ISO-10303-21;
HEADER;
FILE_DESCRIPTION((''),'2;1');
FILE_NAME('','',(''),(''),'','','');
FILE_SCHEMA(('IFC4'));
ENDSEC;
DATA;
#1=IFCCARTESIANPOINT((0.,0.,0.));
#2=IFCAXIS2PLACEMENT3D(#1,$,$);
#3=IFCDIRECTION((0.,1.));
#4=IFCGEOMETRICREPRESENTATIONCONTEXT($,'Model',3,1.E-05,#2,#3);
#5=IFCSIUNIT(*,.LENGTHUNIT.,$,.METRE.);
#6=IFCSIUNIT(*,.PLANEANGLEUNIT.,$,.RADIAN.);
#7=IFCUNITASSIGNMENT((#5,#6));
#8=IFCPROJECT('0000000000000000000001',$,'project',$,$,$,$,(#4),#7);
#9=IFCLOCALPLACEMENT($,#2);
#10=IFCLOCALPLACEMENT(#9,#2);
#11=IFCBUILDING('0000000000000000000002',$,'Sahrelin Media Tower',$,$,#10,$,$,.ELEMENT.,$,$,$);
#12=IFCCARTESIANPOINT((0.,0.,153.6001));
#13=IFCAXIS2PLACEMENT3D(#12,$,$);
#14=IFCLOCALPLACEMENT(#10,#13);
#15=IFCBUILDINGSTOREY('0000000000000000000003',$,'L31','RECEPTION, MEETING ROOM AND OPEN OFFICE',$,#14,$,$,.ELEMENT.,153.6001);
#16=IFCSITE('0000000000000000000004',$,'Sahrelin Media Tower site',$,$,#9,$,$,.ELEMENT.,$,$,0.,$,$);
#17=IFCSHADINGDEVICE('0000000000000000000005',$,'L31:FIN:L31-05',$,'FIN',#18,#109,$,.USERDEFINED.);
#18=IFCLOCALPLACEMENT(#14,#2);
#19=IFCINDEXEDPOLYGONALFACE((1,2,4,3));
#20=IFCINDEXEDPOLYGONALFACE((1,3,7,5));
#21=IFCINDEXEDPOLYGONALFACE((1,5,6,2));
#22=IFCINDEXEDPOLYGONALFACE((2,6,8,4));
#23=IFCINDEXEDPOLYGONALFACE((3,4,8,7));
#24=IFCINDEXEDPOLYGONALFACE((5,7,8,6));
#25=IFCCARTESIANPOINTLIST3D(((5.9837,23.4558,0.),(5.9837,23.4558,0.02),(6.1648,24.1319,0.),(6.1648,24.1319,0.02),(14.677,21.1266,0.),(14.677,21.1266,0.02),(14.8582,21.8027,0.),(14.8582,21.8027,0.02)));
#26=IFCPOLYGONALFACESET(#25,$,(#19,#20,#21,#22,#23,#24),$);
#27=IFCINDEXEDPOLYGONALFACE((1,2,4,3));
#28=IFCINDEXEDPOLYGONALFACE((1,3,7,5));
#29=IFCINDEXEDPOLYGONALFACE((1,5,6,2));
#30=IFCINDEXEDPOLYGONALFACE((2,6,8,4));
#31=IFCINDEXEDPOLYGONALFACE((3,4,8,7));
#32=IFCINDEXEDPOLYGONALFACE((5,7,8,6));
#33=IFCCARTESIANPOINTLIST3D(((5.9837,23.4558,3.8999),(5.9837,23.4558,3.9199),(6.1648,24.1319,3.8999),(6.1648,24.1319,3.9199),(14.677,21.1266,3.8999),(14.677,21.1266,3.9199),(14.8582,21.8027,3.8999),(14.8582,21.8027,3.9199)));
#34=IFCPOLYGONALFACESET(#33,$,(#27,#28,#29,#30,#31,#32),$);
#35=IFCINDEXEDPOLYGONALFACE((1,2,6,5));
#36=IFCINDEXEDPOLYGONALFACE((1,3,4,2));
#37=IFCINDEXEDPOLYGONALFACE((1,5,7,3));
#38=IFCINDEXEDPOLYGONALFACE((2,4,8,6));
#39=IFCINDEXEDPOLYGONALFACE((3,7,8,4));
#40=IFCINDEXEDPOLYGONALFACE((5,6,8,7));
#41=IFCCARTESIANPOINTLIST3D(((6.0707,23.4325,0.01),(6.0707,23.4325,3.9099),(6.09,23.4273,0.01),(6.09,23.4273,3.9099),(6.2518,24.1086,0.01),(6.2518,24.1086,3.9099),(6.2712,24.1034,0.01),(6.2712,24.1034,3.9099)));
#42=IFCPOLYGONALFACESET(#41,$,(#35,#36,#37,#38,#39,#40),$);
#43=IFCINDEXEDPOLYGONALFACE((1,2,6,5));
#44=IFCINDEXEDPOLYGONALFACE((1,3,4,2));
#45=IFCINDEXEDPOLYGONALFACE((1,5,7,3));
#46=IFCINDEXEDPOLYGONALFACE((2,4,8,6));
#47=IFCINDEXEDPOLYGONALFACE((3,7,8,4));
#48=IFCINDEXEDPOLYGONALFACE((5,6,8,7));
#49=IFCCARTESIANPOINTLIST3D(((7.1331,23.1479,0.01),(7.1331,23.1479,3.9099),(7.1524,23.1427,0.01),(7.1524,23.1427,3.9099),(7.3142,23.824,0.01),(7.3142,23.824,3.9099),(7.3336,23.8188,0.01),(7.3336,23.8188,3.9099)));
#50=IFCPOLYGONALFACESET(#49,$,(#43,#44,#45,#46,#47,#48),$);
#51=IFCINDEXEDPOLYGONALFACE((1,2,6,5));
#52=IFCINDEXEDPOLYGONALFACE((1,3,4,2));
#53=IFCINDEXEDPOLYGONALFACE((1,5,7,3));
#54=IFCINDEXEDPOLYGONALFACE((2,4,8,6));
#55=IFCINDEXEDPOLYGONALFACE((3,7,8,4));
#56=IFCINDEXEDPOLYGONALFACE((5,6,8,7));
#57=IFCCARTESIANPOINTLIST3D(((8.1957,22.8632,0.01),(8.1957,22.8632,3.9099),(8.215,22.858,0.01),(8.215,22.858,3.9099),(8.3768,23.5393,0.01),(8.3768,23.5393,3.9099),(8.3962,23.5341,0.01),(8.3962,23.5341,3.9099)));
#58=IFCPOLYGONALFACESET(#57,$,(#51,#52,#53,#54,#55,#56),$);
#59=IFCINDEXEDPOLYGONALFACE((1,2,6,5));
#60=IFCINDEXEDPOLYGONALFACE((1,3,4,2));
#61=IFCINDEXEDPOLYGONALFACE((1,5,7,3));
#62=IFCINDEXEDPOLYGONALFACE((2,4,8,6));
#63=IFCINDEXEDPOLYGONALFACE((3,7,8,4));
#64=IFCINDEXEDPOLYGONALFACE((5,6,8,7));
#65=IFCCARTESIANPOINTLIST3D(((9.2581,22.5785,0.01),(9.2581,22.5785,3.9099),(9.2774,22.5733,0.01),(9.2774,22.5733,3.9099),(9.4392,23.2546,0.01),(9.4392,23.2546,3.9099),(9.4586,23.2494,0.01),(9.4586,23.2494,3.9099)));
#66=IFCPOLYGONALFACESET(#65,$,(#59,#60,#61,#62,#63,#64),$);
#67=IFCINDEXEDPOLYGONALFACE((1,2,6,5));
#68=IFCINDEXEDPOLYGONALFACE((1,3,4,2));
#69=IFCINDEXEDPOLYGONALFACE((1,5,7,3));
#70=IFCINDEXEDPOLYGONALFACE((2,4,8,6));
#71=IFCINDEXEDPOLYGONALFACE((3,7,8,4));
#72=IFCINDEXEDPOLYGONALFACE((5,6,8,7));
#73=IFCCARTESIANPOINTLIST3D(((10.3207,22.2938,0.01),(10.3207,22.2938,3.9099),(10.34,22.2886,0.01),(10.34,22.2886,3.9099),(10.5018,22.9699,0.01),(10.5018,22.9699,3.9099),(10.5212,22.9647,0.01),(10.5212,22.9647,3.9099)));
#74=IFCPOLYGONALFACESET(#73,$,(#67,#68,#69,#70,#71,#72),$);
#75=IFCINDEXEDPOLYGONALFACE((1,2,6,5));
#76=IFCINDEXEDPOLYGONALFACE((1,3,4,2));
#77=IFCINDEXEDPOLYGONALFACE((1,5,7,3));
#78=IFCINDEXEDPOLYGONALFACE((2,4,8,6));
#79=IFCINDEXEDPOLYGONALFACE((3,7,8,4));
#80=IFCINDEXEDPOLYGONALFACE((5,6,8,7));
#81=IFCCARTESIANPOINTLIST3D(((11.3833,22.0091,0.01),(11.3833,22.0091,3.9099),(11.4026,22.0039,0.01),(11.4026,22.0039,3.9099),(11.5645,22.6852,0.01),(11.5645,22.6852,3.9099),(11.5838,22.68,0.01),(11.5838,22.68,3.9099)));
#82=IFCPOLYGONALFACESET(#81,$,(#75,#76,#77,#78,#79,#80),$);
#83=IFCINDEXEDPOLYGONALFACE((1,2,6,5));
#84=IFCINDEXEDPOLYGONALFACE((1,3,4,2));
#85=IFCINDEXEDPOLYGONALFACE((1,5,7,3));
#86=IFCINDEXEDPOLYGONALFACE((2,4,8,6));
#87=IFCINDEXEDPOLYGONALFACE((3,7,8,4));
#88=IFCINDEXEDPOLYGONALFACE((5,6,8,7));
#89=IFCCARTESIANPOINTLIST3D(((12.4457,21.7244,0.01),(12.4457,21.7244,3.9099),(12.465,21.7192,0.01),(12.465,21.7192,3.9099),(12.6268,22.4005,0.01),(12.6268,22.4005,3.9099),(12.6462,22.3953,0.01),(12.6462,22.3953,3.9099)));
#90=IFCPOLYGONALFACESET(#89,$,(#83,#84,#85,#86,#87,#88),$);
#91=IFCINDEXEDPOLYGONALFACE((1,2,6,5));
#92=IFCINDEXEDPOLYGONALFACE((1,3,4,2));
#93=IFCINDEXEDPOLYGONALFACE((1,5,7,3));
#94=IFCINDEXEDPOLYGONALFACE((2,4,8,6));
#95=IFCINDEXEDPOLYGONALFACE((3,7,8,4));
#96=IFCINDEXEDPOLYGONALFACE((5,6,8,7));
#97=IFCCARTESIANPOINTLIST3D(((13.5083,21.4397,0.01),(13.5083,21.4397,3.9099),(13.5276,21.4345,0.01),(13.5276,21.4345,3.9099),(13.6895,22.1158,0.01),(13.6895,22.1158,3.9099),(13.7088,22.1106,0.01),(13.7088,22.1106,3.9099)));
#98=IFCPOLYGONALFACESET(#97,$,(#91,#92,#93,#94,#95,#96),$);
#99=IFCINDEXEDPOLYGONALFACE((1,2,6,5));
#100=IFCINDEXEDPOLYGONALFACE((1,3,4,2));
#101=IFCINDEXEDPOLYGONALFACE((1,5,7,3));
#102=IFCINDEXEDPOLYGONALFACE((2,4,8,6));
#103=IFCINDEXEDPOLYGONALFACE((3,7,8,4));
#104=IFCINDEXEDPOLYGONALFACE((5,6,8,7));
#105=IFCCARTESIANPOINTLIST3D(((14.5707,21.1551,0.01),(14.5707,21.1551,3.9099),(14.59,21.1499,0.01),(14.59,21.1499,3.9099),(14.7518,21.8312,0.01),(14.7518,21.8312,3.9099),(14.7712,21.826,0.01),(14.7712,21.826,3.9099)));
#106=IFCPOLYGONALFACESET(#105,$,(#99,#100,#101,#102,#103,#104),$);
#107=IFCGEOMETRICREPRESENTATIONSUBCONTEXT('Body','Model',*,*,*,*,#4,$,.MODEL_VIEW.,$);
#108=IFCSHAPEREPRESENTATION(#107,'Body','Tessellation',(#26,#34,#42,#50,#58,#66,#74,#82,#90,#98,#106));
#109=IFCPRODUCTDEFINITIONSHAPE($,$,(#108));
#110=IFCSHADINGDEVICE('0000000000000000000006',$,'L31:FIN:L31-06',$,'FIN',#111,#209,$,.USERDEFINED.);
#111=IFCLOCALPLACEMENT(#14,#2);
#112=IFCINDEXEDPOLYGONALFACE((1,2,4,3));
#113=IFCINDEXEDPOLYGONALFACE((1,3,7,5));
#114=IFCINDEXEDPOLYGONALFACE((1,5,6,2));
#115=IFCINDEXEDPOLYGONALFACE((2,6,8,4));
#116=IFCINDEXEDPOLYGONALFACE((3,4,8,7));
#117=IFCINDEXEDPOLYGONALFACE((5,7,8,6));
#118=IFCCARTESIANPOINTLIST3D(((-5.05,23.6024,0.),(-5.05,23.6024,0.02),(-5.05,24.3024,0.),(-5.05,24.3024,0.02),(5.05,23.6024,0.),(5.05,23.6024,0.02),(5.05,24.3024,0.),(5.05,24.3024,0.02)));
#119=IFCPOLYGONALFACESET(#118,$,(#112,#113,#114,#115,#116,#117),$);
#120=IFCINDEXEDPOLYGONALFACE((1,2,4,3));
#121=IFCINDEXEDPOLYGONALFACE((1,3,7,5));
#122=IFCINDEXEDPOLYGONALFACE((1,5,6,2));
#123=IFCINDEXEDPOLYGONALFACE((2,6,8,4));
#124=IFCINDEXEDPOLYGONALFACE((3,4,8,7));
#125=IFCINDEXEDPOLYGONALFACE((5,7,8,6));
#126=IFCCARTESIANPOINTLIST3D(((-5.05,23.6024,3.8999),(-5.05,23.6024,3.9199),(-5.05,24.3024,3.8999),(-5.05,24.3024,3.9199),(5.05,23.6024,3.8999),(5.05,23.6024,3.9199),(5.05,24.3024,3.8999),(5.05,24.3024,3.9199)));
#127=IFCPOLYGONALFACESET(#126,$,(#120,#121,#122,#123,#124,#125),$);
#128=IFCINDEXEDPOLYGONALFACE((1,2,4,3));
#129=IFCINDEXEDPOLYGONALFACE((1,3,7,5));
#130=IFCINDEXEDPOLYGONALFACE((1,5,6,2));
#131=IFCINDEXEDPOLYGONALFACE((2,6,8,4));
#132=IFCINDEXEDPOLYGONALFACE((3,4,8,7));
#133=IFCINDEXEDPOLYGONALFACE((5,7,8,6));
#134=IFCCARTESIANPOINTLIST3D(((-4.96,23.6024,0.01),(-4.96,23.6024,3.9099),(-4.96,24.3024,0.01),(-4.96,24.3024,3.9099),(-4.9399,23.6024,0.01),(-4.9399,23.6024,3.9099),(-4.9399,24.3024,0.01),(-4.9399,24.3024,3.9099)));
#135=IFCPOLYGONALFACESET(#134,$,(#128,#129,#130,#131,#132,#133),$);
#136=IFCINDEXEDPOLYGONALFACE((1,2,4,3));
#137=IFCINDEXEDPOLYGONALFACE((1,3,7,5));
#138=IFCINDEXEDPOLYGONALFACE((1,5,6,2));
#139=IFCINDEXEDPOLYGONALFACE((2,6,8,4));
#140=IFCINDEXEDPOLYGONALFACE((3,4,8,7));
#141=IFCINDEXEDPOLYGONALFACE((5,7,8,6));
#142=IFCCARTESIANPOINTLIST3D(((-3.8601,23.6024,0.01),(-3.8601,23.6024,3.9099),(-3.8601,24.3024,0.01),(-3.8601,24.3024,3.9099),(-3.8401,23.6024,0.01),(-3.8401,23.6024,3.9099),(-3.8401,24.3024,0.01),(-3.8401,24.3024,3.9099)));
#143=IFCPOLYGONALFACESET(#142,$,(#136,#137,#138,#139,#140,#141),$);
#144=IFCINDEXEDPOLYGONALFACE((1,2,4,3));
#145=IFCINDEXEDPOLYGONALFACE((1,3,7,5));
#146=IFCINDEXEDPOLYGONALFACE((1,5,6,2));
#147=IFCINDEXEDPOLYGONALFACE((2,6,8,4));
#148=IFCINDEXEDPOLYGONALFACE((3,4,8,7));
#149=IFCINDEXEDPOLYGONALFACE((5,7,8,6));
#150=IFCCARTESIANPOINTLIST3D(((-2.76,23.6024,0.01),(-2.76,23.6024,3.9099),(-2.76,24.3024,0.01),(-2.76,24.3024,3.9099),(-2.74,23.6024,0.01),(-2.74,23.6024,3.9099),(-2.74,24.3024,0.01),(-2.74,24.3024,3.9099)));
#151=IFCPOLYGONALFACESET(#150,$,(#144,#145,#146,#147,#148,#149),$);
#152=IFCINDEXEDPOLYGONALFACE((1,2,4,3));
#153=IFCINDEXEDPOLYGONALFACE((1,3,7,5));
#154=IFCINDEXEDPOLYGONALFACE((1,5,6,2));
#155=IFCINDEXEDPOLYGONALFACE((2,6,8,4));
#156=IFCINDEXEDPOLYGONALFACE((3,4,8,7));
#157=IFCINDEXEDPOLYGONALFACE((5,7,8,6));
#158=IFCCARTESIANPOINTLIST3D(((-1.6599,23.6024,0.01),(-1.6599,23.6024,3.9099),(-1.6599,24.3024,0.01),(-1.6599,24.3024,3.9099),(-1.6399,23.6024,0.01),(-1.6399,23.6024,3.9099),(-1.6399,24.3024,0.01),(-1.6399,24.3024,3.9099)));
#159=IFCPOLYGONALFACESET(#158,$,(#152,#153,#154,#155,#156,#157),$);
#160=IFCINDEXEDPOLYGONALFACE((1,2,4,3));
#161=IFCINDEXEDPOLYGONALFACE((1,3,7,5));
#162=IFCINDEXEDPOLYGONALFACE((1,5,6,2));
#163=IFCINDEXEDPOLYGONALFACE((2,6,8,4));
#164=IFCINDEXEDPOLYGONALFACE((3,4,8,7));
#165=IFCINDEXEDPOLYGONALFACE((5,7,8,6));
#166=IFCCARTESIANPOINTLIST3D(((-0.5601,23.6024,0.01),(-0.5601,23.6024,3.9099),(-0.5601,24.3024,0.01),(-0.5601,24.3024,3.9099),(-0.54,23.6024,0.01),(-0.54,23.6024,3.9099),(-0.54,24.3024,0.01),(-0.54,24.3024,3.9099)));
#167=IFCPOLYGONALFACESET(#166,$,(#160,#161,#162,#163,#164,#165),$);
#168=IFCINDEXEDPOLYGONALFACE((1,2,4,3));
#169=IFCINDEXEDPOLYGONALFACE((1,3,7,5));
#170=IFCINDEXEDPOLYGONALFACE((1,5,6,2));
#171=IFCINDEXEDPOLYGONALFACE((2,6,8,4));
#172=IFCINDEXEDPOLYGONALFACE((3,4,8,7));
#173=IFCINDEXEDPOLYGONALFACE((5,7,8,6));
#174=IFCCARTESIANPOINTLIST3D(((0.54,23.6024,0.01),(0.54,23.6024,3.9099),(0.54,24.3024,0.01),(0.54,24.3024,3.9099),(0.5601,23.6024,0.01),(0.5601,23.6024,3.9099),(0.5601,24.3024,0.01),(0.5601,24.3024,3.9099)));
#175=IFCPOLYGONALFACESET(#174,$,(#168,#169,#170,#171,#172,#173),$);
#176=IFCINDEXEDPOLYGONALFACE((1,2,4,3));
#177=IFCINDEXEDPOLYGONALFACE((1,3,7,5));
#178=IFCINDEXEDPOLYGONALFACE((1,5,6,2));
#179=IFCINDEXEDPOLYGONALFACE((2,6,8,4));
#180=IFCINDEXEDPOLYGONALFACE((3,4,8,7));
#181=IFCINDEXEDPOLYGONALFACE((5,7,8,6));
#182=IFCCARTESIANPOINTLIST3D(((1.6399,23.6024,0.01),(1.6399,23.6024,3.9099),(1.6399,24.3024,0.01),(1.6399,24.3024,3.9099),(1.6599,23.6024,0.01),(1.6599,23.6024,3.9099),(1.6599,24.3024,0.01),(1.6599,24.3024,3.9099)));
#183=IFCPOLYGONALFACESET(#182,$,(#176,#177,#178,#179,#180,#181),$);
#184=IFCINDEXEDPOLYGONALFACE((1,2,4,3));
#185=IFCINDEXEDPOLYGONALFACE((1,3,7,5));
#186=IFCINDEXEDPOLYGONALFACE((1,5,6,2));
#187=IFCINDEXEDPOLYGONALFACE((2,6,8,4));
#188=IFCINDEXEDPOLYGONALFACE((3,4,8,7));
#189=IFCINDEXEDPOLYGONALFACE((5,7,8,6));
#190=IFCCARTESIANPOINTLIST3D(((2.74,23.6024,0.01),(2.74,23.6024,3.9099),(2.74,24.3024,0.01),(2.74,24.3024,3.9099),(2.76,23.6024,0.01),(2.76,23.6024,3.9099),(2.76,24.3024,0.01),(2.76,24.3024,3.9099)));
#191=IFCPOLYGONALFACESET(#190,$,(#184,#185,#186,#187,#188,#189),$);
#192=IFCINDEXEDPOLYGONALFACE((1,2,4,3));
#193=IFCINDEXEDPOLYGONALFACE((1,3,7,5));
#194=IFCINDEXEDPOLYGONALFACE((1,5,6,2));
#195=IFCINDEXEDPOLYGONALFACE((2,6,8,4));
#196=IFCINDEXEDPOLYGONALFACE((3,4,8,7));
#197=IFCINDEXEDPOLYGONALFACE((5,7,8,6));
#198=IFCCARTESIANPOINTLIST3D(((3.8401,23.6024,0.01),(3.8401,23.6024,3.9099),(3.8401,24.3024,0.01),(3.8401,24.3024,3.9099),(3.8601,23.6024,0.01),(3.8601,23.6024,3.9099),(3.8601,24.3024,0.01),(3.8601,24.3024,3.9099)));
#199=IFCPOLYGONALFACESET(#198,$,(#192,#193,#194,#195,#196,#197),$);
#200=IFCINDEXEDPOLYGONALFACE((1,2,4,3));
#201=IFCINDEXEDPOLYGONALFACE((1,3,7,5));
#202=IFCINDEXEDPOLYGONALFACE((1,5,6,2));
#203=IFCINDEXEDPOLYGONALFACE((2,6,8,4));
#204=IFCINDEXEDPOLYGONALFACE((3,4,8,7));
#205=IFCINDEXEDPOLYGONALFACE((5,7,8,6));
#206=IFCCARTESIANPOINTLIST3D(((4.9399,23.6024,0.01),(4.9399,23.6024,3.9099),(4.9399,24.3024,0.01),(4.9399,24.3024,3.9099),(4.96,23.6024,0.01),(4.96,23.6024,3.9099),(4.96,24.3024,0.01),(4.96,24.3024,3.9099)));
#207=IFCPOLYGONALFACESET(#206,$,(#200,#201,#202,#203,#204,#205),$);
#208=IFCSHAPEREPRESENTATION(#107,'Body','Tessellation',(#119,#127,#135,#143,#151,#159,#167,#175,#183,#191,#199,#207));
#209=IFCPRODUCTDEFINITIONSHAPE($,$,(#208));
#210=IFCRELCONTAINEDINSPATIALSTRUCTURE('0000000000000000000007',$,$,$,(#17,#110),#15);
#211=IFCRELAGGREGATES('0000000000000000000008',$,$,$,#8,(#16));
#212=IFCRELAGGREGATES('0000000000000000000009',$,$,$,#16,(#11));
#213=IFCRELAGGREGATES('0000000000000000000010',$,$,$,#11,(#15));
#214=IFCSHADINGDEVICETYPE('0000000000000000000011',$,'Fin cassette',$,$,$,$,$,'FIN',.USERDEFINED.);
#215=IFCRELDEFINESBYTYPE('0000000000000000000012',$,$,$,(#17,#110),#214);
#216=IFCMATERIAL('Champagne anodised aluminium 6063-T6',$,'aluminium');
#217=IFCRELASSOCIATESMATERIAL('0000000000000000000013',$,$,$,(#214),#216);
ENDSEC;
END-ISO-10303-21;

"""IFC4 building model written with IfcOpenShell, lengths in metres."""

from ifc_helpers import new_model, si_unit, direction, frame, origin, origin_2d, place, context, subcontext, project, spatial, rectangle, extrude, material, type_object, element, save


model = new_model("IFC4")

# Units and contexts
model_context = context("Model", 3, precision=1e-05, world=origin(), true_north=direction((0.0, 1.0)))
body_context = subcontext(model_context, "Body", "Model", "MODEL_VIEW")
ifc_project = project(units=[si_unit("LENGTHUNIT", "METRE"), si_unit("PLANEANGLEUNIT", "RADIAN")], contexts=[model_context])

# Site, building, storey
site_placement = place(None, origin())
site = spatial("IfcSite", under=ifc_project, at=site_placement, Name="Sahrelin Media Tower site", CompositionType="ELEMENT", RefElevation=0.0)
building_placement = place(site_placement, origin())
building = spatial("IfcBuilding", under=site, at=building_placement, Name="Sahrelin Media Tower", CompositionType="ELEMENT")
storey_placement = place(building_placement, frame((0.0, 0.0, 153.6001)))
storey = spatial("IfcBuildingStorey", under=building, at=storey_placement, Name="L31", Description="RECEPTION, MEETING ROOM AND OPEN OFFICE", CompositionType="ELEMENT", Elevation=153.6001)

# Shared definitions
ifc_material_1 = material(Name="Champagne anodised aluminium 6063-T6", Category="aluminium")
placement_1 = place(storey_placement, frame((0.0, 23.5325, 0.0), z_axis=(0.0, 0.0, 1.0), x_axis=(1.0, 0.0, 0.0)))

# Shading devices
shading_device_type_1 = type_object("IfcShadingDeviceType", Name="Fin cassette", ElementType="FIN", PredefinedType="USERDEFINED", material=ifc_material_1)
placement_2 = place(storey_placement, frame((10.3123, 22.2236, 0.0), z_axis=(0.0, 0.0, 1.0), x_axis=(0.965929, -0.258808, 0.0)))
element("IfcShadingDevice", 1, at=placement_2, inside=storey, type_object=shading_device_type_1, Name="L31:FIN:L31-05", ObjectType="FIN", PredefinedType="USERDEFINED", context=body_context, shape_type="SweptSolid", body=[
    extrude(rectangle(XDim=9.0, YDim=0.7, at=origin_2d()), frame((0.0, 0.4199, 0.0)), (0.0, 0.0, 1.0), 0.02),
    extrude(rectangle(XDim=9.0, YDim=0.7, at=origin_2d()), frame((0.0, 0.4199, 3.8999)), (0.0, 0.0, 1.0), 0.02),
    extrude(rectangle(XDim=0.02, YDim=0.7, at=origin_2d()), frame((-4.3999, 0.4199, 0.01), z_axis=(0.0, 0.0, 1.0), x_axis=(1.0, 0.0, 0.0)), (0.0, 0.0, 1.0), 3.8999),
    extrude(rectangle(XDim=0.02, YDim=0.7, at=origin_2d()), frame((-3.3, 0.4199, 0.01), z_axis=(0.0, 0.0, 1.0), x_axis=(1.0, 0.0, 0.0)), (0.0, 0.0, 1.0), 3.8999),
    extrude(rectangle(XDim=0.02, YDim=0.7, at=origin_2d()), frame((-2.2, 0.4199, 0.01), z_axis=(0.0, 0.0, 1.0), x_axis=(1.0, 0.0, 0.0)), (0.0, 0.0, 1.0), 3.8999),
    extrude(rectangle(XDim=0.02, YDim=0.7, at=origin_2d()), frame((-1.1001, 0.4199, 0.01), z_axis=(0.0, 0.0, 1.0), x_axis=(1.0, 0.0, 0.0)), (0.0, 0.0, 1.0), 3.8999),
    extrude(rectangle(XDim=0.02, YDim=0.7, at=origin_2d()), frame((0.0, 0.4199, 0.01), z_axis=(0.0, 0.0, 1.0), x_axis=(1.0, 0.0, 0.0)), (0.0, 0.0, 1.0), 3.8999),
    extrude(rectangle(XDim=0.02, YDim=0.7, at=origin_2d()), frame((1.1001, 0.4199, 0.01), z_axis=(0.0, 0.0, 1.0), x_axis=(1.0, 0.0, 0.0)), (0.0, 0.0, 1.0), 3.8999),
    extrude(rectangle(XDim=0.02, YDim=0.7, at=origin_2d()), frame((2.2, 0.4199, 0.01), z_axis=(0.0, 0.0, 1.0), x_axis=(1.0, 0.0, 0.0)), (0.0, 0.0, 1.0), 3.8999),
    extrude(rectangle(XDim=0.02, YDim=0.7, at=origin_2d()), frame((3.3, 0.4199, 0.01), z_axis=(0.0, 0.0, 1.0), x_axis=(1.0, 0.0, 0.0)), (0.0, 0.0, 1.0), 3.8999),
    extrude(rectangle(XDim=0.02, YDim=0.7, at=origin_2d()), frame((4.3999, 0.4199, 0.01), z_axis=(0.0, 0.0, 1.0), x_axis=(1.0, 0.0, 0.0)), (0.0, 0.0, 1.0), 3.8999),
])
element("IfcShadingDevice", 2, at=placement_1, inside=storey, type_object=shading_device_type_1, Name="L31:FIN:L31-06", ObjectType="FIN", PredefinedType="USERDEFINED", context=body_context, shape_type="SweptSolid", body=[
    extrude(rectangle(XDim=10.1001, YDim=0.7, at=origin_2d()), frame((0.0, 0.4199, 0.0)), (0.0, 0.0, 1.0), 0.02),
    extrude(rectangle(XDim=10.1001, YDim=0.7, at=origin_2d()), frame((0.0, 0.4199, 3.8999)), (0.0, 0.0, 1.0), 0.02),
    extrude(rectangle(XDim=0.02, YDim=0.7, at=origin_2d()), frame((-4.95, 0.4199, 0.01), z_axis=(0.0, 0.0, 1.0), x_axis=(1.0, 0.0, 0.0)), (0.0, 0.0, 1.0), 3.8999),
    extrude(rectangle(XDim=0.02, YDim=0.7, at=origin_2d()), frame((-3.8501, 0.4199, 0.01), z_axis=(0.0, 0.0, 1.0), x_axis=(1.0, 0.0, 0.0)), (0.0, 0.0, 1.0), 3.8999),
    extrude(rectangle(XDim=0.02, YDim=0.7, at=origin_2d()), frame((-2.75, 0.4199, 0.01), z_axis=(0.0, 0.0, 1.0), x_axis=(1.0, 0.0, 0.0)), (0.0, 0.0, 1.0), 3.8999),
    extrude(rectangle(XDim=0.02, YDim=0.7, at=origin_2d()), frame((-1.6499, 0.4199, 0.01), z_axis=(0.0, 0.0, 1.0), x_axis=(1.0, 0.0, 0.0)), (0.0, 0.0, 1.0), 3.8999),
    extrude(rectangle(XDim=0.02, YDim=0.7, at=origin_2d()), frame((-0.55, 0.4199, 0.01), z_axis=(0.0, 0.0, 1.0), x_axis=(1.0, 0.0, 0.0)), (0.0, 0.0, 1.0), 3.8999),
    extrude(rectangle(XDim=0.02, YDim=0.7, at=origin_2d()), frame((0.55, 0.4199, 0.01), z_axis=(0.0, 0.0, 1.0), x_axis=(1.0, 0.0, 0.0)), (0.0, 0.0, 1.0), 3.8999),
    extrude(rectangle(XDim=0.02, YDim=0.7, at=origin_2d()), frame((1.6499, 0.4199, 0.01), z_axis=(0.0, 0.0, 1.0), x_axis=(1.0, 0.0, 0.0)), (0.0, 0.0, 1.0), 3.8999),
    extrude(rectangle(XDim=0.02, YDim=0.7, at=origin_2d()), frame((2.75, 0.4199, 0.01), z_axis=(0.0, 0.0, 1.0), x_axis=(1.0, 0.0, 0.0)), (0.0, 0.0, 1.0), 3.8999),
    extrude(rectangle(XDim=0.02, YDim=0.7, at=origin_2d()), frame((3.8501, 0.4199, 0.01), z_axis=(0.0, 0.0, 1.0), x_axis=(1.0, 0.0, 0.0)), (0.0, 0.0, 1.0), 3.8999),
    extrude(rectangle(XDim=0.02, YDim=0.7, at=origin_2d()), frame((4.95, 0.4199, 0.01), z_axis=(0.0, 0.0, 1.0), x_axis=(1.0, 0.0, 0.0)), (0.0, 0.0, 1.0), 3.8999),
])

save(model, "model.ifc")
